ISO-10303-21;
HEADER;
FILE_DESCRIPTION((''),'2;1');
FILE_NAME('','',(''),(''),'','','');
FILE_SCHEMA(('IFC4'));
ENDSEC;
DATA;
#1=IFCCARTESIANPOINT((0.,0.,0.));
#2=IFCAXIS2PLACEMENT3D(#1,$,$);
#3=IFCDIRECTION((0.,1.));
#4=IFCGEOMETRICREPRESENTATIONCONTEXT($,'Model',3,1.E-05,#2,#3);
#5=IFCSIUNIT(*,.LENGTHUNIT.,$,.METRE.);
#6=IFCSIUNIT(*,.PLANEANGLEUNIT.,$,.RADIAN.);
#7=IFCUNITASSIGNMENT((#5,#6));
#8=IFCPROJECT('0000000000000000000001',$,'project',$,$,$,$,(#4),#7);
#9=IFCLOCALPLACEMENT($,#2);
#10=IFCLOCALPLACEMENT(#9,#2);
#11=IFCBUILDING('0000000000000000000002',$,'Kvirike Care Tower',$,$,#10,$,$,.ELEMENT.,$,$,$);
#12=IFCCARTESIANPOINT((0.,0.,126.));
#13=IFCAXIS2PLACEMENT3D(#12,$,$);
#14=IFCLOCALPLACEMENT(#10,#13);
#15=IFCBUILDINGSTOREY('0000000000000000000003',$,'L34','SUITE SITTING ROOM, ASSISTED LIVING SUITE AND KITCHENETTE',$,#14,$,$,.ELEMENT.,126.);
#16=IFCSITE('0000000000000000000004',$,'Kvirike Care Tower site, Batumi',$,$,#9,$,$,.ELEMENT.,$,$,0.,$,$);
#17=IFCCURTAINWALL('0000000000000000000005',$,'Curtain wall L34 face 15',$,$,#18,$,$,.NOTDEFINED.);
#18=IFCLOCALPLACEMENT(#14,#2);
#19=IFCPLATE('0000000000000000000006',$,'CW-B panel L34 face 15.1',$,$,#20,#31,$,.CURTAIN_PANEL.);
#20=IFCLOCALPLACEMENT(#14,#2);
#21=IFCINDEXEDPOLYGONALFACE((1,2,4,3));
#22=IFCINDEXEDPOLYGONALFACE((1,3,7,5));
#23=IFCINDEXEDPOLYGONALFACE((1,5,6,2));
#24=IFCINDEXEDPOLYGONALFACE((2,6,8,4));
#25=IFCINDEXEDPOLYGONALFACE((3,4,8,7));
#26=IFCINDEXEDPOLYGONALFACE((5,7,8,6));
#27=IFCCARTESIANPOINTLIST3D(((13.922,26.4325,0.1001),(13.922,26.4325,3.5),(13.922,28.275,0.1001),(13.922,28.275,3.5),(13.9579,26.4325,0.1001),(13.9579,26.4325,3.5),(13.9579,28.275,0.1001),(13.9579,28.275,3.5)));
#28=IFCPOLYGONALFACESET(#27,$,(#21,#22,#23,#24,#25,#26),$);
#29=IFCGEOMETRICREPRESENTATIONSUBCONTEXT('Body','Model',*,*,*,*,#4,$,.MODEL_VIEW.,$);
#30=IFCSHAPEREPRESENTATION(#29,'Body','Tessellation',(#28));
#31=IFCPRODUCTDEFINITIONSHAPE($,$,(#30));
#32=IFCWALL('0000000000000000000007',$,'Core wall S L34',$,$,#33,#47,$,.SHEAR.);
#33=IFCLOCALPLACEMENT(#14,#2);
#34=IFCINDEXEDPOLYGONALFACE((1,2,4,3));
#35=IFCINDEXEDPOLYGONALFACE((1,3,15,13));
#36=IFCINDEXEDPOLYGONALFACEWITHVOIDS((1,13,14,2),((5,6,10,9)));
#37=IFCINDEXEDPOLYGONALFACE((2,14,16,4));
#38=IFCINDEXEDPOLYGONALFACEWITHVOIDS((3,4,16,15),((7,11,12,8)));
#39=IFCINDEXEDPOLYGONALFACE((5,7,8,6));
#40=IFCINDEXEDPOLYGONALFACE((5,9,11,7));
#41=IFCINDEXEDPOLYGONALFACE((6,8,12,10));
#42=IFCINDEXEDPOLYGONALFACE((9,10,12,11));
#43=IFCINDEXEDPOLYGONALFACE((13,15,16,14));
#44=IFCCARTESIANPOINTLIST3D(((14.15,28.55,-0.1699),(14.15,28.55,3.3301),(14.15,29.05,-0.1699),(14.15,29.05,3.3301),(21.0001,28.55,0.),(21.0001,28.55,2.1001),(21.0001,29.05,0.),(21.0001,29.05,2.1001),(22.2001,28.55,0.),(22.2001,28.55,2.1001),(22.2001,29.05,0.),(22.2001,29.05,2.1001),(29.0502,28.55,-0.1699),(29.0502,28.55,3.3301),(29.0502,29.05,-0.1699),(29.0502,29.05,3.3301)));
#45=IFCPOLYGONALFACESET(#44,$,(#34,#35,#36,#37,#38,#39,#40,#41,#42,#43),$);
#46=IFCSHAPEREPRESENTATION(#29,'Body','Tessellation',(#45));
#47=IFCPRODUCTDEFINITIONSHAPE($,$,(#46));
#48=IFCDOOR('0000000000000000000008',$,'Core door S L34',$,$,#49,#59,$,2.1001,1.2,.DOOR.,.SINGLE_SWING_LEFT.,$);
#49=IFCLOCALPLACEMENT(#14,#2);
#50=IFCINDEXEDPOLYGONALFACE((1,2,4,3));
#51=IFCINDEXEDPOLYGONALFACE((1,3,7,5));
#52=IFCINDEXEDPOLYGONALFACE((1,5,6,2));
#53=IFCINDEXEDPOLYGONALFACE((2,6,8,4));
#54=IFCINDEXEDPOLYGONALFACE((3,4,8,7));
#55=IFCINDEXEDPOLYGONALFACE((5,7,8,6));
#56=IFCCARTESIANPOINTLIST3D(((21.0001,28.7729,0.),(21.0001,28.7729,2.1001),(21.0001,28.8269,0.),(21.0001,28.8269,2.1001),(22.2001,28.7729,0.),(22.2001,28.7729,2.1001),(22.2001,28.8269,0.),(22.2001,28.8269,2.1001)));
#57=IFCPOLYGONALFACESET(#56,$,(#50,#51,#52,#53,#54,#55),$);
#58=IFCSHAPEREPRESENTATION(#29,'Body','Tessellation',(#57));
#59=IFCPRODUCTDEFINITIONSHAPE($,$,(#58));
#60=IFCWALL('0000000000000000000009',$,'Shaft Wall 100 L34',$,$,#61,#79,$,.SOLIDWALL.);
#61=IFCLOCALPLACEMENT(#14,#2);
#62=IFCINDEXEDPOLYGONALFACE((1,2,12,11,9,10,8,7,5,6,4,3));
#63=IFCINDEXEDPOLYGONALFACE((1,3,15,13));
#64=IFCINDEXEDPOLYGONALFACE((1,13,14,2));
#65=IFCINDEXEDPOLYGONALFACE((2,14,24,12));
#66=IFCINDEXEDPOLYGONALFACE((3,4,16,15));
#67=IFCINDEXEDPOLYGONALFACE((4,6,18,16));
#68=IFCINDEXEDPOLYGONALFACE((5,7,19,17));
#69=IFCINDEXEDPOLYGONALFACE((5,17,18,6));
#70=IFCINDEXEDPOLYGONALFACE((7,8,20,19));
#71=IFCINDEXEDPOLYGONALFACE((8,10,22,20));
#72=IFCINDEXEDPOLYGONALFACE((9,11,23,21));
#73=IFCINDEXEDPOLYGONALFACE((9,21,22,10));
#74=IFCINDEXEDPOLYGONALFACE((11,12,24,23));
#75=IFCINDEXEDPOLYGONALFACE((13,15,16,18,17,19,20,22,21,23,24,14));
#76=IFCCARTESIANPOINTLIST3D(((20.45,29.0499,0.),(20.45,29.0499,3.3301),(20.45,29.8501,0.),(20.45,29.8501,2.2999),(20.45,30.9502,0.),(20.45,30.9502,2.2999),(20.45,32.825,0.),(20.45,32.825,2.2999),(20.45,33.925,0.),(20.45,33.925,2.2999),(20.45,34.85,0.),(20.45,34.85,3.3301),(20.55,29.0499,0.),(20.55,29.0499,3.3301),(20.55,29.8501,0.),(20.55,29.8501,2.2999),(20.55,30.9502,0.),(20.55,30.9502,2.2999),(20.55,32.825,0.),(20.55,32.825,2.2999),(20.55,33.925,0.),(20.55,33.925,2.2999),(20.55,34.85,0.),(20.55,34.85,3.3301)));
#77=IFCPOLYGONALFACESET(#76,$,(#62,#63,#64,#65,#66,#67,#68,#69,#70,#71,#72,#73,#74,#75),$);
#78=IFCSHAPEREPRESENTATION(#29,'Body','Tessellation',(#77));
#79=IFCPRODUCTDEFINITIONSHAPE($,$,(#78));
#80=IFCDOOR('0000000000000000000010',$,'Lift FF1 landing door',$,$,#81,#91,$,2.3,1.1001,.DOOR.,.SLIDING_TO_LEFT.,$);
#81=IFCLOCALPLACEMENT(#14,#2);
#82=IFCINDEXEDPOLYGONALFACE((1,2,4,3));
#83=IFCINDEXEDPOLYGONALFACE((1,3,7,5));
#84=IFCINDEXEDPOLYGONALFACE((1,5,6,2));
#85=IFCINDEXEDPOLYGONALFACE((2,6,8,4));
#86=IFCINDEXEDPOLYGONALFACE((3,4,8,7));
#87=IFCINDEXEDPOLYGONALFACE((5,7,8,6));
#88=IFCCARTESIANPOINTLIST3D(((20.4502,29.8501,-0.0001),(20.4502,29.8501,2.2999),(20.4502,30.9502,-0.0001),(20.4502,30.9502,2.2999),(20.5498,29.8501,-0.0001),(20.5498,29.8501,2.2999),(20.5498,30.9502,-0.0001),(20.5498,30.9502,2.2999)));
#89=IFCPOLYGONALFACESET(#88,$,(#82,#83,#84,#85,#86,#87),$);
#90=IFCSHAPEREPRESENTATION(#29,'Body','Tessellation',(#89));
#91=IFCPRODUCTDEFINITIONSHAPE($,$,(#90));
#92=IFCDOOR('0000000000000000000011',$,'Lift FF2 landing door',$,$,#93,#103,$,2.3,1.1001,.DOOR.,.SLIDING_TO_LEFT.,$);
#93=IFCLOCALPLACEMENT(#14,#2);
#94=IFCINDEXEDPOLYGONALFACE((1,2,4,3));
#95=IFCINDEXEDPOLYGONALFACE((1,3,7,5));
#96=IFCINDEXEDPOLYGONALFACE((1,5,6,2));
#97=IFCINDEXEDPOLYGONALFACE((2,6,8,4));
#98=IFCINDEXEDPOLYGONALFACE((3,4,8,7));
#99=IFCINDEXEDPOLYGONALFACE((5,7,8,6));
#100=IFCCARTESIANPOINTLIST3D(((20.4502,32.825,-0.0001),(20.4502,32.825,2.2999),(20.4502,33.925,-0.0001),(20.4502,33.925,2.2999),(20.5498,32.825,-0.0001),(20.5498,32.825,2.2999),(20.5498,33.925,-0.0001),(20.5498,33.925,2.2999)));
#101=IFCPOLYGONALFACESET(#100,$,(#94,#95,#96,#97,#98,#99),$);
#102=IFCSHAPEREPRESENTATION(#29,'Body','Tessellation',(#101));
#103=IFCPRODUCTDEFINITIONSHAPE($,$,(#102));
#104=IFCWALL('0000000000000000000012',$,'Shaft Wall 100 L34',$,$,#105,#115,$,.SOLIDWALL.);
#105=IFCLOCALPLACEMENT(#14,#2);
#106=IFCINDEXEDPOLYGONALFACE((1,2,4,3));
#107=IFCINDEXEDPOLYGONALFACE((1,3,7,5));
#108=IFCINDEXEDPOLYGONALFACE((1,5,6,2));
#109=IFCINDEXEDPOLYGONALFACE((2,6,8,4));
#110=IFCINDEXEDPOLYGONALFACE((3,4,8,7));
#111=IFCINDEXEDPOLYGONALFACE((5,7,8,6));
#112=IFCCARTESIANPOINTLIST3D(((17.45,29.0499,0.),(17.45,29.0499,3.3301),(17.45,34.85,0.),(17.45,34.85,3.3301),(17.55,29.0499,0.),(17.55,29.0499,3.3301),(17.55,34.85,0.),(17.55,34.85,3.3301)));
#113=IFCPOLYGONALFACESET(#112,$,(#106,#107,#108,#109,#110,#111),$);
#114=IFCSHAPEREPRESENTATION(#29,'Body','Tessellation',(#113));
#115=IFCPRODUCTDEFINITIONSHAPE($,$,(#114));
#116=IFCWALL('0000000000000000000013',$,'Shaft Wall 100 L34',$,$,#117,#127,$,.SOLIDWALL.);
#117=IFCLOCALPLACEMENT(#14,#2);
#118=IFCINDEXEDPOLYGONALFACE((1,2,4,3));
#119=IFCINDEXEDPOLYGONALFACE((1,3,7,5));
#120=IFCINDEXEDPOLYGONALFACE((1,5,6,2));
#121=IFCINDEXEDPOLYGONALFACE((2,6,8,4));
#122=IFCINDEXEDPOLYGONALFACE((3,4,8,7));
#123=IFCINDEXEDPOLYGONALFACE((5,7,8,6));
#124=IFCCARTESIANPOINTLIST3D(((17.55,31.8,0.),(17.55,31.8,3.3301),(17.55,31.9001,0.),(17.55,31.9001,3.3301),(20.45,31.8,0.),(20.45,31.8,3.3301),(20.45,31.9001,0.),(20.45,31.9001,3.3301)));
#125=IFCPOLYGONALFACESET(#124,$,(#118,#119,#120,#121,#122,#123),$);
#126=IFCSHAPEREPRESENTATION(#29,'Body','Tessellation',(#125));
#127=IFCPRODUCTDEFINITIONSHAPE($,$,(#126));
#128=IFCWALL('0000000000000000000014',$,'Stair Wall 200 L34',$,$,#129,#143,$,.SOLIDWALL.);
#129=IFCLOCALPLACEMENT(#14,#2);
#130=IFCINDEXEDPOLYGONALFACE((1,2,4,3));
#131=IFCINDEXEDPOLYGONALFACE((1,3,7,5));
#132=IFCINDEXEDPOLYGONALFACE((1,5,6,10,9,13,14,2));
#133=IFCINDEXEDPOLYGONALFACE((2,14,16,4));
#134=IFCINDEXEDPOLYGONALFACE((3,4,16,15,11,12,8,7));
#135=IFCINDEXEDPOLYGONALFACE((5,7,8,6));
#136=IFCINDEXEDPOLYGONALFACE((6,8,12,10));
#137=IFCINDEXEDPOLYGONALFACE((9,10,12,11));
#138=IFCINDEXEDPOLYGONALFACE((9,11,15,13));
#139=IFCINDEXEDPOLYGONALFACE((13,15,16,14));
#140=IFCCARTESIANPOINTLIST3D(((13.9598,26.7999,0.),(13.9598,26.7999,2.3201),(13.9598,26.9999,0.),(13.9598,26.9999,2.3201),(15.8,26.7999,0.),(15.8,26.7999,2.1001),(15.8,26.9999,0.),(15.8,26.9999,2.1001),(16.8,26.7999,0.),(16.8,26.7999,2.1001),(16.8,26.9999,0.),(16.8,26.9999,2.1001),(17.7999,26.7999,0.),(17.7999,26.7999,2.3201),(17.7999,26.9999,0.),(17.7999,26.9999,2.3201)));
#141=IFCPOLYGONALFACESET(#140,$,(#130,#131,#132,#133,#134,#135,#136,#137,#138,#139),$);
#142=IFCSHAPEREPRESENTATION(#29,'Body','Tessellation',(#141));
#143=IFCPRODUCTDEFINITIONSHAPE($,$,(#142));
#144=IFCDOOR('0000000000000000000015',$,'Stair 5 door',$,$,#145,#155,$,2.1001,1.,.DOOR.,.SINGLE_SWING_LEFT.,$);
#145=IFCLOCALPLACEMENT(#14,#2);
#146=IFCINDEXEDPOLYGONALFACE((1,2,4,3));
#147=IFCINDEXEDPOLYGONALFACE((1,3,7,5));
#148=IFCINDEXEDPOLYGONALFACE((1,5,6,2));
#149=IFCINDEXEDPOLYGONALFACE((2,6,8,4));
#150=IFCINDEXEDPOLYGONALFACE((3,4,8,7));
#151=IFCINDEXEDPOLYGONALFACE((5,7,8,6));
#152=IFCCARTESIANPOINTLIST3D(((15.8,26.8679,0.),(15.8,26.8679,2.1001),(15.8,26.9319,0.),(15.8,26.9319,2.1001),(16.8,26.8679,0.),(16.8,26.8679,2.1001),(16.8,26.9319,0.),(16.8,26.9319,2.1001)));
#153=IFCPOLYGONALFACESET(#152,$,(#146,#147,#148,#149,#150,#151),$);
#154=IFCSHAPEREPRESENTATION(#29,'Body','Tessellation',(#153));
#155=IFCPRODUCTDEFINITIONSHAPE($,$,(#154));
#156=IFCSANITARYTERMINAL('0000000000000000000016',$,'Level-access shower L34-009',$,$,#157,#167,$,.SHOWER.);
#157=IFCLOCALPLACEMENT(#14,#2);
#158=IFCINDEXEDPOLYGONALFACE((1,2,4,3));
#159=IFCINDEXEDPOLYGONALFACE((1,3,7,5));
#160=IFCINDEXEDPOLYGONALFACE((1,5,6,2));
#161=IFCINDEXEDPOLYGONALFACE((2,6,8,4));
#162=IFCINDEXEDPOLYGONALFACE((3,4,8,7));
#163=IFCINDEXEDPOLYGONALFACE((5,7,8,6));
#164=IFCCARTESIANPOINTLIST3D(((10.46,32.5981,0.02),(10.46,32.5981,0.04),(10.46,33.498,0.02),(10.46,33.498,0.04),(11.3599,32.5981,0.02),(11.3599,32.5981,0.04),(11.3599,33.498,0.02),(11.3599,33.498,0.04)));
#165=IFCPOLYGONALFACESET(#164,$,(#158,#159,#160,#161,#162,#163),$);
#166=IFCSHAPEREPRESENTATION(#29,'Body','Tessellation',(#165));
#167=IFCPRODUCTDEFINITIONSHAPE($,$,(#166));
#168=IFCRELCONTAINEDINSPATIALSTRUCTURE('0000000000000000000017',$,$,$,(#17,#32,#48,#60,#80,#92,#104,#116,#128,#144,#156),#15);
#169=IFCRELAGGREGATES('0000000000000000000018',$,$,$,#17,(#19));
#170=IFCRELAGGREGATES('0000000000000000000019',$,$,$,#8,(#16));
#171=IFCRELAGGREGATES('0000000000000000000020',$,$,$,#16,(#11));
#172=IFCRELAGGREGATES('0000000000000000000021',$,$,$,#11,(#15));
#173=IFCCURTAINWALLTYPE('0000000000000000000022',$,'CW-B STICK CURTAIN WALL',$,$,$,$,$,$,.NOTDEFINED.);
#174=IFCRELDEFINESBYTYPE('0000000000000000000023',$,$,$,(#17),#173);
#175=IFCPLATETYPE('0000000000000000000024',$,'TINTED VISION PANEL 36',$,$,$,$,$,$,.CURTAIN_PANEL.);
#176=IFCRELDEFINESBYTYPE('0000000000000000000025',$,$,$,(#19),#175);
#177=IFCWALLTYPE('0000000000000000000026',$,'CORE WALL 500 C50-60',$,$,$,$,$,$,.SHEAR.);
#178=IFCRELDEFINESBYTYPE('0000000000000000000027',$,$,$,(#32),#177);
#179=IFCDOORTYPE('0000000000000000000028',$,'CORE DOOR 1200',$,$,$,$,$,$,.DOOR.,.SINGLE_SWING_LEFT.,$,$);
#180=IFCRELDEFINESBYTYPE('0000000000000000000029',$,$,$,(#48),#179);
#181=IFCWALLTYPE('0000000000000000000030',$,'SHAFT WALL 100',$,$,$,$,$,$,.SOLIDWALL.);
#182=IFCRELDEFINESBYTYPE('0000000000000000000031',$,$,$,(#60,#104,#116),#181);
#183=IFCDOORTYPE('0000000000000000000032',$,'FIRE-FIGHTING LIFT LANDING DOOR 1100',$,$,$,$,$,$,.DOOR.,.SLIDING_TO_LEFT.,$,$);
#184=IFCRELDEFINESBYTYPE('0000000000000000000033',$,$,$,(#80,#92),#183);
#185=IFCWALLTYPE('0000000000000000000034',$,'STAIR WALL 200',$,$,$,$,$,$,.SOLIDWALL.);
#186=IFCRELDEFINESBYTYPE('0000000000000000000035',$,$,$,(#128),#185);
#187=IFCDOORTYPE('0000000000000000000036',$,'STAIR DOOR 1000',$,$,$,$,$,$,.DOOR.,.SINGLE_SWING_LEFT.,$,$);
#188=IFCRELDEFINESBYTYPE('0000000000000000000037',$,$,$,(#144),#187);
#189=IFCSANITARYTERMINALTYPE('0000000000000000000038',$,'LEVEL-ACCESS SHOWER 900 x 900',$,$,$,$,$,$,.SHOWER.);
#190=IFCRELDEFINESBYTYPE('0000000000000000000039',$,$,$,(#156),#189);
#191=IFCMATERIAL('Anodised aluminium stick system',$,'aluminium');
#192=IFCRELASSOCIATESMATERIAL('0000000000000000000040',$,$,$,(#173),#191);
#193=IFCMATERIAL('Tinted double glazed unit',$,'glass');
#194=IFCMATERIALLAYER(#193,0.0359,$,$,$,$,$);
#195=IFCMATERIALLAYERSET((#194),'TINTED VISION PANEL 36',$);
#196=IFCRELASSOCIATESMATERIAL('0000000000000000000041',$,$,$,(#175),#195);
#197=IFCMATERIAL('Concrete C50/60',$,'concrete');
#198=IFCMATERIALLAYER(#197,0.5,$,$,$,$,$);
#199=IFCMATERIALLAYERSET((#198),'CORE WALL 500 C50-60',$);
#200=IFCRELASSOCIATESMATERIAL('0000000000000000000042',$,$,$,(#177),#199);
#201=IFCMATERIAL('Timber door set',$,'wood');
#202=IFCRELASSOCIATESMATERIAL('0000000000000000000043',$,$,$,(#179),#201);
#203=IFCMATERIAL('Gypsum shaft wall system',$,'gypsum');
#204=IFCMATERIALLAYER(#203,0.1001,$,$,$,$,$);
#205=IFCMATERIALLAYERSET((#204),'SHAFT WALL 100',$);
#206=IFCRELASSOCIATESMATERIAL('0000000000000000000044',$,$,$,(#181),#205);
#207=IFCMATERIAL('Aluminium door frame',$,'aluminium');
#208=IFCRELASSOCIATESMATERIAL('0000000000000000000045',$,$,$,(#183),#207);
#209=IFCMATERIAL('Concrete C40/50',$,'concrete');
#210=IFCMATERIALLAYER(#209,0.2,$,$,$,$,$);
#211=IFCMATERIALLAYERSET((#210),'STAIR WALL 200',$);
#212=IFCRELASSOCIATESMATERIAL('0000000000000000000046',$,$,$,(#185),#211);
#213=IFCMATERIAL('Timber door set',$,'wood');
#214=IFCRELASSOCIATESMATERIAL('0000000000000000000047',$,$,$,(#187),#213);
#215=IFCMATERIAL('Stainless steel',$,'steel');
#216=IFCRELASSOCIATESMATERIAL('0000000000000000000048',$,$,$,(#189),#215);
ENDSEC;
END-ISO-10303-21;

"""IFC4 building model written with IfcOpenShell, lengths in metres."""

from ifc_helpers import new_model, si_unit, direction, frame, frame_2d, origin, origin_2d, place, context, subcontext, project, spatial, rectangle, extrude, material, layer, layer_set, type_object, element, fill, aggregate, save


model = new_model("IFC4")

# Units and contexts
model_context = context("Model", 3, precision=1e-05, world=origin(), true_north=direction((0.0, 1.0)))
body_context = subcontext(model_context, "Body", "Model", "MODEL_VIEW")
ifc_project = project(units=[si_unit("LENGTHUNIT", "METRE"), si_unit("PLANEANGLEUNIT", "RADIAN")], contexts=[model_context])

# Site, building, storey
site_placement = place(None, origin())
site = spatial("IfcSite", under=ifc_project, at=site_placement, Name="Kvirike Care Tower site, Batumi", CompositionType="ELEMENT", RefElevation=0.0)
building_placement = place(site_placement, origin())
building = spatial("IfcBuilding", under=site, at=building_placement, Name="Kvirike Care Tower", CompositionType="ELEMENT")
storey_placement = place(building_placement, frame((0.0, 0.0, 126.0)))
storey = spatial("IfcBuildingStorey", under=building, at=storey_placement, Name="L34", Description="SUITE SITTING ROOM, ASSISTED LIVING SUITE AND KITCHENETTE", CompositionType="ELEMENT", Elevation=126.0)

# Curtain wall
ifc_material_1 = material(Name="Anodised aluminium stick system", Category="aluminium")
curtain_wall_type = type_object("IfcCurtainWallType", Name="CW-B STICK CURTAIN WALL", PredefinedType="NOTDEFINED", material=ifc_material_1)
curtain_wall_1_placement = place(storey_placement, origin())
curtain_wall_1 = element("IfcCurtainWall", 1, at=curtain_wall_1_placement, inside=storey, type_object=curtain_wall_type, Name="Curtain wall L34 face 15", PredefinedType="NOTDEFINED")

# Plate
ifc_material_2 = material(Name="Tinted double glazed unit", Category="glass")
ifc_layer_1 = layer(ifc_material_2, 0.0359)
ifc_layer_set_1 = layer_set([ifc_layer_1], Name="TINTED VISION PANEL 36")
plate_type = type_object("IfcPlateType", Name="TINTED VISION PANEL 36", PredefinedType="CURTAIN_PANEL", material=ifc_layer_set_1)
plate_1_placement = place(storey_placement, frame((13.9399, 27.3538, 0.1001), z_axis=(0.0, 0.0, 1.0), x_axis=(0.0, -1.0, 0.0)))
plate_1 = element("IfcPlate", 2, at=plate_1_placement, type_object=plate_type, Name="CW-B panel L34 face 15.1", PredefinedType="CURTAIN_PANEL", context=body_context, shape_type="SweptSolid", body=[
    extrude(rectangle(XDim=1.8425, YDim=0.0359, at=origin_2d()), origin(), (0.0, 0.0, 1.0), 3.3999),
])
aggregate(curtain_wall_1, [plate_1])

# Wall, opening, door
ifc_material_3 = material(Name="Concrete C50/60", Category="concrete")
ifc_layer_2 = layer(ifc_material_3, 0.5)
ifc_layer_set_2 = layer_set([ifc_layer_2], Name="CORE WALL 500 C50-60")
wall_type_1 = type_object("IfcWallType", Name="CORE WALL 500 C50-60", PredefinedType="SHEAR", material=ifc_layer_set_2)
wall_1_placement = place(storey_placement, frame((14.1499, 28.8, -0.1699), z_axis=(0.0, 0.0, 1.0), x_axis=(1.0, 0.0, 0.0)))
wall_1 = element("IfcWall", 3, at=wall_1_placement, inside=storey, type_object=wall_type_1, Name="Core wall S L34", PredefinedType="SHEAR", context=body_context, shape_type="SweptSolid", body=[
    extrude(rectangle(XDim=14.9001, YDim=0.5, at=frame_2d((7.4502, 0.0))), origin(), (0.0, 0.0, 1.0), 3.5),
])
opening_1_placement = place(wall_1_placement, frame((6.8501, 0.0, 0.1699)))
opening_1 = element("IfcOpeningElement", 4, at=opening_1_placement, cuts=wall_1, PredefinedType="OPENING", context=body_context, shape_type="SweptSolid", body=[
    extrude(rectangle(XDim=1.2, YDim=2.1001, at=frame_2d((0.6001, 1.05))), frame((0.0, 0.2605, 0.0), z_axis=(0.0, -1.0, 0.0), x_axis=(1.0, 0.0, 0.0)), (0.0, 0.0, 1.0), 0.521),
])
ifc_material_4 = material(Name="Timber door set", Category="wood")
door_type_1 = type_object("IfcDoorType", Name="CORE DOOR 1200", OperationType="SINGLE_SWING_LEFT", PredefinedType="DOOR", material=ifc_material_4)
door_1_placement = place(opening_1_placement, origin())
door_1 = element("IfcDoor", 5, at=door_1_placement, inside=storey, type_object=door_type_1, Name="Core door S L34", OperationType="SINGLE_SWING_LEFT", OverallHeight=2.1001, OverallWidth=1.2, PredefinedType="DOOR", context=body_context, shape_type="SweptSolid", body=[
    extrude(rectangle(XDim=1.2, YDim=2.1001, at=frame_2d((0.6001, 1.05))), frame((0.0, 0.0269, 0.0), z_axis=(0.0, -1.0, 0.0), x_axis=(1.0, 0.0, 0.0)), (0.0, 0.0, 1.0), 0.054),
])
fill(opening_1, door_1)

# Wall, openings, doors
ifc_material_5 = material(Name="Gypsum shaft wall system", Category="gypsum")
ifc_layer_3 = layer(ifc_material_5, 0.1001)
ifc_layer_set_3 = layer_set([ifc_layer_3], Name="SHAFT WALL 100")
wall_type_2 = type_object("IfcWallType", Name="SHAFT WALL 100", PredefinedType="SOLIDWALL", material=ifc_layer_set_3)
wall_2_placement = place(storey_placement, frame((20.5, 29.05, 0.0), z_axis=(0.0, 0.0, 1.0), x_axis=(0.0, 1.0, 0.0)))
wall_2 = element("IfcWall", 6, at=wall_2_placement, inside=storey, type_object=wall_type_2, Name="Shaft Wall 100 L34", PredefinedType="SOLIDWALL", context=body_context, shape_type="SweptSolid", body=[
    extrude(rectangle(XDim=5.8, YDim=0.1001, at=frame_2d((2.8999, 0.0))), origin(), (0.0, 0.0, 1.0), 3.3301),
])
opening_2_placement = place(wall_2_placement, frame((0.8, 0.0, 0.0)))
opening_2 = element("IfcOpeningElement", 7, at=opening_2_placement, cuts=wall_2, PredefinedType="OPENING", context=body_context, shape_type="SweptSolid", body=[
    extrude(rectangle(XDim=1.1001, YDim=2.3, at=frame_2d((0.55, 1.1499))), frame((0.0, 0.0605, 0.0), z_axis=(0.0, -1.0, 0.0), x_axis=(1.0, 0.0, 0.0)), (0.0, 0.0, 1.0), 0.1211),
])
opening_3_placement = place(wall_2_placement, frame((3.7749, 0.0, 0.0)))
opening_3 = element("IfcOpeningElement", 8, at=opening_3_placement, cuts=wall_2, PredefinedType="OPENING", context=body_context, shape_type="SweptSolid", body=[
    extrude(rectangle(XDim=1.1001, YDim=2.3, at=frame_2d((0.55, 1.1499))), frame((0.0, 0.0605, 0.0), z_axis=(0.0, -1.0, 0.0), x_axis=(1.0, 0.0, 0.0)), (0.0, 0.0, 1.0), 0.1211),
])
ifc_material_6 = material(Name="Aluminium door frame", Category="aluminium")
door_type_2 = type_object("IfcDoorType", Name="FIRE-FIGHTING LIFT LANDING DOOR 1100", OperationType="SLIDING_TO_LEFT", PredefinedType="DOOR", material=ifc_material_6)
door_2_placement = place(opening_2_placement, origin())
door_2 = element("IfcDoor", 9, at=door_2_placement, inside=storey, type_object=door_type_2, Name="Lift FF1 landing door", OperationType="SLIDING_TO_LEFT", OverallHeight=2.3, OverallWidth=1.1001, PredefinedType="DOOR", context=body_context, shape_type="SweptSolid", body=[
    extrude(rectangle(XDim=1.1001, YDim=2.3, at=frame_2d((0.55, 1.1499))), frame((0.0, 0.0498, 0.0), z_axis=(0.0, -1.0, 0.0), x_axis=(1.0, 0.0, 0.0)), (0.0, 0.0, 1.0), 0.0996),
])
fill(opening_2, door_2)
door_3_placement = place(opening_3_placement, origin())
door_3 = element("IfcDoor", 10, at=door_3_placement, inside=storey, type_object=door_type_2, Name="Lift FF2 landing door", OperationType="SLIDING_TO_LEFT", OverallHeight=2.3, OverallWidth=1.1001, PredefinedType="DOOR", context=body_context, shape_type="SweptSolid", body=[
    extrude(rectangle(XDim=1.1001, YDim=2.3, at=frame_2d((0.55, 1.1499))), frame((0.0, 0.0498, 0.0), z_axis=(0.0, -1.0, 0.0), x_axis=(1.0, 0.0, 0.0)), (0.0, 0.0, 1.0), 0.0996),
])
fill(opening_3, door_3)

# Walls
wall_3_placement = place(storey_placement, frame((17.5, 29.05, 0.0), z_axis=(0.0, 0.0, 1.0), x_axis=(0.0, 1.0, 0.0)))
element("IfcWall", 11, at=wall_3_placement, inside=storey, type_object=wall_type_2, Name="Shaft Wall 100 L34", PredefinedType="SOLIDWALL", context=body_context, shape_type="SweptSolid", body=[
    extrude(rectangle(XDim=5.8, YDim=0.1001, at=frame_2d((2.8999, 0.0))), origin(), (0.0, 0.0, 1.0), 3.3301),
])
wall_4_placement = place(storey_placement, frame((17.55, 31.8501, 0.0), z_axis=(0.0, 0.0, 1.0), x_axis=(1.0, 0.0, 0.0)))
element("IfcWall", 12, at=wall_4_placement, inside=storey, type_object=wall_type_2, Name="Shaft Wall 100 L34", PredefinedType="SOLIDWALL", context=body_context, shape_type="SweptSolid", body=[
    extrude(rectangle(XDim=2.8999, YDim=0.1001, at=frame_2d((1.45, 0.0))), origin(), (0.0, 0.0, 1.0), 3.3301),
])

# Wall, opening, door
ifc_material_7 = material(Name="Concrete C40/50", Category="concrete")
ifc_layer_4 = layer(ifc_material_7, 0.2)
ifc_layer_set_4 = layer_set([ifc_layer_4], Name="STAIR WALL 200")
wall_type_3 = type_object("IfcWallType", Name="STAIR WALL 200", PredefinedType="SOLIDWALL", material=ifc_layer_set_4)
wall_5_placement = place(storey_placement, frame((13.96, 26.8999, 0.0), z_axis=(0.0, 0.0, 1.0), x_axis=(1.0, 0.0, 0.0)))
wall_5 = element("IfcWall", 13, at=wall_5_placement, inside=storey, type_object=wall_type_3, Name="Stair Wall 200 L34", PredefinedType="SOLIDWALL", context=body_context, shape_type="SweptSolid", body=[
    extrude(rectangle(XDim=3.8401, YDim=0.2, at=frame_2d((1.9199, 0.0))), origin(), (0.0, 0.0, 1.0), 2.3201),
])
opening_4_placement = place(wall_5_placement, frame((1.8401, 0.0, 0.0)))
opening_4 = element("IfcOpeningElement", 14, at=opening_4_placement, cuts=wall_5, PredefinedType="OPENING", context=body_context, shape_type="SweptSolid", body=[
    extrude(rectangle(XDim=1.0, YDim=2.1001, at=frame_2d((0.5, 1.05))), frame((0.0, 0.1106, 0.0), z_axis=(0.0, -1.0, 0.0), x_axis=(1.0, 0.0, 0.0)), (0.0, 0.0, 1.0), 0.2209),
])
ifc_material_8 = material(Name="Timber door set", Category="wood")
door_type_3 = type_object("IfcDoorType", Name="STAIR DOOR 1000", OperationType="SINGLE_SWING_LEFT", PredefinedType="DOOR", material=ifc_material_8)
door_4_placement = place(opening_4_placement, frame((1.0, 0.0, 0.0), z_axis=(0.0, 0.0, 1.0), x_axis=(-1.0, 0.0, 0.0)))
door_4 = element("IfcDoor", 15, at=door_4_placement, inside=storey, type_object=door_type_3, Name="Stair 5 door", OperationType="SINGLE_SWING_LEFT", OverallHeight=2.1001, OverallWidth=1.0, PredefinedType="DOOR", context=body_context, shape_type="SweptSolid", body=[
    extrude(rectangle(XDim=1.0, YDim=2.1001, at=frame_2d((0.5, 1.05))), frame((0.0, 0.032, 0.0), z_axis=(0.0, -1.0, 0.0), x_axis=(1.0, 0.0, 0.0)), (0.0, 0.0, 1.0), 0.064),
])
fill(opening_4, door_4)

# Sanitary terminal
ifc_material_9 = material(Name="Stainless steel", Category="steel")
sanitary_terminal_type_1 = type_object("IfcSanitaryTerminalType", Name="LEVEL-ACCESS SHOWER 900 x 900", PredefinedType="SHOWER", material=ifc_material_9)
sanitary_terminal_1_placement = place(storey_placement, frame((10.9099, 33.0481, 0.02), z_axis=(0.0, 0.0, 1.0), x_axis=(1.0, 0.0, 0.0)))
element("IfcSanitaryTerminal", 16, at=sanitary_terminal_1_placement, inside=storey, type_object=sanitary_terminal_type_1, Name="Level-access shower L34-009", PredefinedType="SHOWER", context=body_context, shape_type="SweptSolid", body=[
    extrude(rectangle(XDim=0.8999, YDim=0.8999, at=origin_2d()), origin(), (0.0, 0.0, 1.0), 0.02),
])

save(model, "model.ifc")
